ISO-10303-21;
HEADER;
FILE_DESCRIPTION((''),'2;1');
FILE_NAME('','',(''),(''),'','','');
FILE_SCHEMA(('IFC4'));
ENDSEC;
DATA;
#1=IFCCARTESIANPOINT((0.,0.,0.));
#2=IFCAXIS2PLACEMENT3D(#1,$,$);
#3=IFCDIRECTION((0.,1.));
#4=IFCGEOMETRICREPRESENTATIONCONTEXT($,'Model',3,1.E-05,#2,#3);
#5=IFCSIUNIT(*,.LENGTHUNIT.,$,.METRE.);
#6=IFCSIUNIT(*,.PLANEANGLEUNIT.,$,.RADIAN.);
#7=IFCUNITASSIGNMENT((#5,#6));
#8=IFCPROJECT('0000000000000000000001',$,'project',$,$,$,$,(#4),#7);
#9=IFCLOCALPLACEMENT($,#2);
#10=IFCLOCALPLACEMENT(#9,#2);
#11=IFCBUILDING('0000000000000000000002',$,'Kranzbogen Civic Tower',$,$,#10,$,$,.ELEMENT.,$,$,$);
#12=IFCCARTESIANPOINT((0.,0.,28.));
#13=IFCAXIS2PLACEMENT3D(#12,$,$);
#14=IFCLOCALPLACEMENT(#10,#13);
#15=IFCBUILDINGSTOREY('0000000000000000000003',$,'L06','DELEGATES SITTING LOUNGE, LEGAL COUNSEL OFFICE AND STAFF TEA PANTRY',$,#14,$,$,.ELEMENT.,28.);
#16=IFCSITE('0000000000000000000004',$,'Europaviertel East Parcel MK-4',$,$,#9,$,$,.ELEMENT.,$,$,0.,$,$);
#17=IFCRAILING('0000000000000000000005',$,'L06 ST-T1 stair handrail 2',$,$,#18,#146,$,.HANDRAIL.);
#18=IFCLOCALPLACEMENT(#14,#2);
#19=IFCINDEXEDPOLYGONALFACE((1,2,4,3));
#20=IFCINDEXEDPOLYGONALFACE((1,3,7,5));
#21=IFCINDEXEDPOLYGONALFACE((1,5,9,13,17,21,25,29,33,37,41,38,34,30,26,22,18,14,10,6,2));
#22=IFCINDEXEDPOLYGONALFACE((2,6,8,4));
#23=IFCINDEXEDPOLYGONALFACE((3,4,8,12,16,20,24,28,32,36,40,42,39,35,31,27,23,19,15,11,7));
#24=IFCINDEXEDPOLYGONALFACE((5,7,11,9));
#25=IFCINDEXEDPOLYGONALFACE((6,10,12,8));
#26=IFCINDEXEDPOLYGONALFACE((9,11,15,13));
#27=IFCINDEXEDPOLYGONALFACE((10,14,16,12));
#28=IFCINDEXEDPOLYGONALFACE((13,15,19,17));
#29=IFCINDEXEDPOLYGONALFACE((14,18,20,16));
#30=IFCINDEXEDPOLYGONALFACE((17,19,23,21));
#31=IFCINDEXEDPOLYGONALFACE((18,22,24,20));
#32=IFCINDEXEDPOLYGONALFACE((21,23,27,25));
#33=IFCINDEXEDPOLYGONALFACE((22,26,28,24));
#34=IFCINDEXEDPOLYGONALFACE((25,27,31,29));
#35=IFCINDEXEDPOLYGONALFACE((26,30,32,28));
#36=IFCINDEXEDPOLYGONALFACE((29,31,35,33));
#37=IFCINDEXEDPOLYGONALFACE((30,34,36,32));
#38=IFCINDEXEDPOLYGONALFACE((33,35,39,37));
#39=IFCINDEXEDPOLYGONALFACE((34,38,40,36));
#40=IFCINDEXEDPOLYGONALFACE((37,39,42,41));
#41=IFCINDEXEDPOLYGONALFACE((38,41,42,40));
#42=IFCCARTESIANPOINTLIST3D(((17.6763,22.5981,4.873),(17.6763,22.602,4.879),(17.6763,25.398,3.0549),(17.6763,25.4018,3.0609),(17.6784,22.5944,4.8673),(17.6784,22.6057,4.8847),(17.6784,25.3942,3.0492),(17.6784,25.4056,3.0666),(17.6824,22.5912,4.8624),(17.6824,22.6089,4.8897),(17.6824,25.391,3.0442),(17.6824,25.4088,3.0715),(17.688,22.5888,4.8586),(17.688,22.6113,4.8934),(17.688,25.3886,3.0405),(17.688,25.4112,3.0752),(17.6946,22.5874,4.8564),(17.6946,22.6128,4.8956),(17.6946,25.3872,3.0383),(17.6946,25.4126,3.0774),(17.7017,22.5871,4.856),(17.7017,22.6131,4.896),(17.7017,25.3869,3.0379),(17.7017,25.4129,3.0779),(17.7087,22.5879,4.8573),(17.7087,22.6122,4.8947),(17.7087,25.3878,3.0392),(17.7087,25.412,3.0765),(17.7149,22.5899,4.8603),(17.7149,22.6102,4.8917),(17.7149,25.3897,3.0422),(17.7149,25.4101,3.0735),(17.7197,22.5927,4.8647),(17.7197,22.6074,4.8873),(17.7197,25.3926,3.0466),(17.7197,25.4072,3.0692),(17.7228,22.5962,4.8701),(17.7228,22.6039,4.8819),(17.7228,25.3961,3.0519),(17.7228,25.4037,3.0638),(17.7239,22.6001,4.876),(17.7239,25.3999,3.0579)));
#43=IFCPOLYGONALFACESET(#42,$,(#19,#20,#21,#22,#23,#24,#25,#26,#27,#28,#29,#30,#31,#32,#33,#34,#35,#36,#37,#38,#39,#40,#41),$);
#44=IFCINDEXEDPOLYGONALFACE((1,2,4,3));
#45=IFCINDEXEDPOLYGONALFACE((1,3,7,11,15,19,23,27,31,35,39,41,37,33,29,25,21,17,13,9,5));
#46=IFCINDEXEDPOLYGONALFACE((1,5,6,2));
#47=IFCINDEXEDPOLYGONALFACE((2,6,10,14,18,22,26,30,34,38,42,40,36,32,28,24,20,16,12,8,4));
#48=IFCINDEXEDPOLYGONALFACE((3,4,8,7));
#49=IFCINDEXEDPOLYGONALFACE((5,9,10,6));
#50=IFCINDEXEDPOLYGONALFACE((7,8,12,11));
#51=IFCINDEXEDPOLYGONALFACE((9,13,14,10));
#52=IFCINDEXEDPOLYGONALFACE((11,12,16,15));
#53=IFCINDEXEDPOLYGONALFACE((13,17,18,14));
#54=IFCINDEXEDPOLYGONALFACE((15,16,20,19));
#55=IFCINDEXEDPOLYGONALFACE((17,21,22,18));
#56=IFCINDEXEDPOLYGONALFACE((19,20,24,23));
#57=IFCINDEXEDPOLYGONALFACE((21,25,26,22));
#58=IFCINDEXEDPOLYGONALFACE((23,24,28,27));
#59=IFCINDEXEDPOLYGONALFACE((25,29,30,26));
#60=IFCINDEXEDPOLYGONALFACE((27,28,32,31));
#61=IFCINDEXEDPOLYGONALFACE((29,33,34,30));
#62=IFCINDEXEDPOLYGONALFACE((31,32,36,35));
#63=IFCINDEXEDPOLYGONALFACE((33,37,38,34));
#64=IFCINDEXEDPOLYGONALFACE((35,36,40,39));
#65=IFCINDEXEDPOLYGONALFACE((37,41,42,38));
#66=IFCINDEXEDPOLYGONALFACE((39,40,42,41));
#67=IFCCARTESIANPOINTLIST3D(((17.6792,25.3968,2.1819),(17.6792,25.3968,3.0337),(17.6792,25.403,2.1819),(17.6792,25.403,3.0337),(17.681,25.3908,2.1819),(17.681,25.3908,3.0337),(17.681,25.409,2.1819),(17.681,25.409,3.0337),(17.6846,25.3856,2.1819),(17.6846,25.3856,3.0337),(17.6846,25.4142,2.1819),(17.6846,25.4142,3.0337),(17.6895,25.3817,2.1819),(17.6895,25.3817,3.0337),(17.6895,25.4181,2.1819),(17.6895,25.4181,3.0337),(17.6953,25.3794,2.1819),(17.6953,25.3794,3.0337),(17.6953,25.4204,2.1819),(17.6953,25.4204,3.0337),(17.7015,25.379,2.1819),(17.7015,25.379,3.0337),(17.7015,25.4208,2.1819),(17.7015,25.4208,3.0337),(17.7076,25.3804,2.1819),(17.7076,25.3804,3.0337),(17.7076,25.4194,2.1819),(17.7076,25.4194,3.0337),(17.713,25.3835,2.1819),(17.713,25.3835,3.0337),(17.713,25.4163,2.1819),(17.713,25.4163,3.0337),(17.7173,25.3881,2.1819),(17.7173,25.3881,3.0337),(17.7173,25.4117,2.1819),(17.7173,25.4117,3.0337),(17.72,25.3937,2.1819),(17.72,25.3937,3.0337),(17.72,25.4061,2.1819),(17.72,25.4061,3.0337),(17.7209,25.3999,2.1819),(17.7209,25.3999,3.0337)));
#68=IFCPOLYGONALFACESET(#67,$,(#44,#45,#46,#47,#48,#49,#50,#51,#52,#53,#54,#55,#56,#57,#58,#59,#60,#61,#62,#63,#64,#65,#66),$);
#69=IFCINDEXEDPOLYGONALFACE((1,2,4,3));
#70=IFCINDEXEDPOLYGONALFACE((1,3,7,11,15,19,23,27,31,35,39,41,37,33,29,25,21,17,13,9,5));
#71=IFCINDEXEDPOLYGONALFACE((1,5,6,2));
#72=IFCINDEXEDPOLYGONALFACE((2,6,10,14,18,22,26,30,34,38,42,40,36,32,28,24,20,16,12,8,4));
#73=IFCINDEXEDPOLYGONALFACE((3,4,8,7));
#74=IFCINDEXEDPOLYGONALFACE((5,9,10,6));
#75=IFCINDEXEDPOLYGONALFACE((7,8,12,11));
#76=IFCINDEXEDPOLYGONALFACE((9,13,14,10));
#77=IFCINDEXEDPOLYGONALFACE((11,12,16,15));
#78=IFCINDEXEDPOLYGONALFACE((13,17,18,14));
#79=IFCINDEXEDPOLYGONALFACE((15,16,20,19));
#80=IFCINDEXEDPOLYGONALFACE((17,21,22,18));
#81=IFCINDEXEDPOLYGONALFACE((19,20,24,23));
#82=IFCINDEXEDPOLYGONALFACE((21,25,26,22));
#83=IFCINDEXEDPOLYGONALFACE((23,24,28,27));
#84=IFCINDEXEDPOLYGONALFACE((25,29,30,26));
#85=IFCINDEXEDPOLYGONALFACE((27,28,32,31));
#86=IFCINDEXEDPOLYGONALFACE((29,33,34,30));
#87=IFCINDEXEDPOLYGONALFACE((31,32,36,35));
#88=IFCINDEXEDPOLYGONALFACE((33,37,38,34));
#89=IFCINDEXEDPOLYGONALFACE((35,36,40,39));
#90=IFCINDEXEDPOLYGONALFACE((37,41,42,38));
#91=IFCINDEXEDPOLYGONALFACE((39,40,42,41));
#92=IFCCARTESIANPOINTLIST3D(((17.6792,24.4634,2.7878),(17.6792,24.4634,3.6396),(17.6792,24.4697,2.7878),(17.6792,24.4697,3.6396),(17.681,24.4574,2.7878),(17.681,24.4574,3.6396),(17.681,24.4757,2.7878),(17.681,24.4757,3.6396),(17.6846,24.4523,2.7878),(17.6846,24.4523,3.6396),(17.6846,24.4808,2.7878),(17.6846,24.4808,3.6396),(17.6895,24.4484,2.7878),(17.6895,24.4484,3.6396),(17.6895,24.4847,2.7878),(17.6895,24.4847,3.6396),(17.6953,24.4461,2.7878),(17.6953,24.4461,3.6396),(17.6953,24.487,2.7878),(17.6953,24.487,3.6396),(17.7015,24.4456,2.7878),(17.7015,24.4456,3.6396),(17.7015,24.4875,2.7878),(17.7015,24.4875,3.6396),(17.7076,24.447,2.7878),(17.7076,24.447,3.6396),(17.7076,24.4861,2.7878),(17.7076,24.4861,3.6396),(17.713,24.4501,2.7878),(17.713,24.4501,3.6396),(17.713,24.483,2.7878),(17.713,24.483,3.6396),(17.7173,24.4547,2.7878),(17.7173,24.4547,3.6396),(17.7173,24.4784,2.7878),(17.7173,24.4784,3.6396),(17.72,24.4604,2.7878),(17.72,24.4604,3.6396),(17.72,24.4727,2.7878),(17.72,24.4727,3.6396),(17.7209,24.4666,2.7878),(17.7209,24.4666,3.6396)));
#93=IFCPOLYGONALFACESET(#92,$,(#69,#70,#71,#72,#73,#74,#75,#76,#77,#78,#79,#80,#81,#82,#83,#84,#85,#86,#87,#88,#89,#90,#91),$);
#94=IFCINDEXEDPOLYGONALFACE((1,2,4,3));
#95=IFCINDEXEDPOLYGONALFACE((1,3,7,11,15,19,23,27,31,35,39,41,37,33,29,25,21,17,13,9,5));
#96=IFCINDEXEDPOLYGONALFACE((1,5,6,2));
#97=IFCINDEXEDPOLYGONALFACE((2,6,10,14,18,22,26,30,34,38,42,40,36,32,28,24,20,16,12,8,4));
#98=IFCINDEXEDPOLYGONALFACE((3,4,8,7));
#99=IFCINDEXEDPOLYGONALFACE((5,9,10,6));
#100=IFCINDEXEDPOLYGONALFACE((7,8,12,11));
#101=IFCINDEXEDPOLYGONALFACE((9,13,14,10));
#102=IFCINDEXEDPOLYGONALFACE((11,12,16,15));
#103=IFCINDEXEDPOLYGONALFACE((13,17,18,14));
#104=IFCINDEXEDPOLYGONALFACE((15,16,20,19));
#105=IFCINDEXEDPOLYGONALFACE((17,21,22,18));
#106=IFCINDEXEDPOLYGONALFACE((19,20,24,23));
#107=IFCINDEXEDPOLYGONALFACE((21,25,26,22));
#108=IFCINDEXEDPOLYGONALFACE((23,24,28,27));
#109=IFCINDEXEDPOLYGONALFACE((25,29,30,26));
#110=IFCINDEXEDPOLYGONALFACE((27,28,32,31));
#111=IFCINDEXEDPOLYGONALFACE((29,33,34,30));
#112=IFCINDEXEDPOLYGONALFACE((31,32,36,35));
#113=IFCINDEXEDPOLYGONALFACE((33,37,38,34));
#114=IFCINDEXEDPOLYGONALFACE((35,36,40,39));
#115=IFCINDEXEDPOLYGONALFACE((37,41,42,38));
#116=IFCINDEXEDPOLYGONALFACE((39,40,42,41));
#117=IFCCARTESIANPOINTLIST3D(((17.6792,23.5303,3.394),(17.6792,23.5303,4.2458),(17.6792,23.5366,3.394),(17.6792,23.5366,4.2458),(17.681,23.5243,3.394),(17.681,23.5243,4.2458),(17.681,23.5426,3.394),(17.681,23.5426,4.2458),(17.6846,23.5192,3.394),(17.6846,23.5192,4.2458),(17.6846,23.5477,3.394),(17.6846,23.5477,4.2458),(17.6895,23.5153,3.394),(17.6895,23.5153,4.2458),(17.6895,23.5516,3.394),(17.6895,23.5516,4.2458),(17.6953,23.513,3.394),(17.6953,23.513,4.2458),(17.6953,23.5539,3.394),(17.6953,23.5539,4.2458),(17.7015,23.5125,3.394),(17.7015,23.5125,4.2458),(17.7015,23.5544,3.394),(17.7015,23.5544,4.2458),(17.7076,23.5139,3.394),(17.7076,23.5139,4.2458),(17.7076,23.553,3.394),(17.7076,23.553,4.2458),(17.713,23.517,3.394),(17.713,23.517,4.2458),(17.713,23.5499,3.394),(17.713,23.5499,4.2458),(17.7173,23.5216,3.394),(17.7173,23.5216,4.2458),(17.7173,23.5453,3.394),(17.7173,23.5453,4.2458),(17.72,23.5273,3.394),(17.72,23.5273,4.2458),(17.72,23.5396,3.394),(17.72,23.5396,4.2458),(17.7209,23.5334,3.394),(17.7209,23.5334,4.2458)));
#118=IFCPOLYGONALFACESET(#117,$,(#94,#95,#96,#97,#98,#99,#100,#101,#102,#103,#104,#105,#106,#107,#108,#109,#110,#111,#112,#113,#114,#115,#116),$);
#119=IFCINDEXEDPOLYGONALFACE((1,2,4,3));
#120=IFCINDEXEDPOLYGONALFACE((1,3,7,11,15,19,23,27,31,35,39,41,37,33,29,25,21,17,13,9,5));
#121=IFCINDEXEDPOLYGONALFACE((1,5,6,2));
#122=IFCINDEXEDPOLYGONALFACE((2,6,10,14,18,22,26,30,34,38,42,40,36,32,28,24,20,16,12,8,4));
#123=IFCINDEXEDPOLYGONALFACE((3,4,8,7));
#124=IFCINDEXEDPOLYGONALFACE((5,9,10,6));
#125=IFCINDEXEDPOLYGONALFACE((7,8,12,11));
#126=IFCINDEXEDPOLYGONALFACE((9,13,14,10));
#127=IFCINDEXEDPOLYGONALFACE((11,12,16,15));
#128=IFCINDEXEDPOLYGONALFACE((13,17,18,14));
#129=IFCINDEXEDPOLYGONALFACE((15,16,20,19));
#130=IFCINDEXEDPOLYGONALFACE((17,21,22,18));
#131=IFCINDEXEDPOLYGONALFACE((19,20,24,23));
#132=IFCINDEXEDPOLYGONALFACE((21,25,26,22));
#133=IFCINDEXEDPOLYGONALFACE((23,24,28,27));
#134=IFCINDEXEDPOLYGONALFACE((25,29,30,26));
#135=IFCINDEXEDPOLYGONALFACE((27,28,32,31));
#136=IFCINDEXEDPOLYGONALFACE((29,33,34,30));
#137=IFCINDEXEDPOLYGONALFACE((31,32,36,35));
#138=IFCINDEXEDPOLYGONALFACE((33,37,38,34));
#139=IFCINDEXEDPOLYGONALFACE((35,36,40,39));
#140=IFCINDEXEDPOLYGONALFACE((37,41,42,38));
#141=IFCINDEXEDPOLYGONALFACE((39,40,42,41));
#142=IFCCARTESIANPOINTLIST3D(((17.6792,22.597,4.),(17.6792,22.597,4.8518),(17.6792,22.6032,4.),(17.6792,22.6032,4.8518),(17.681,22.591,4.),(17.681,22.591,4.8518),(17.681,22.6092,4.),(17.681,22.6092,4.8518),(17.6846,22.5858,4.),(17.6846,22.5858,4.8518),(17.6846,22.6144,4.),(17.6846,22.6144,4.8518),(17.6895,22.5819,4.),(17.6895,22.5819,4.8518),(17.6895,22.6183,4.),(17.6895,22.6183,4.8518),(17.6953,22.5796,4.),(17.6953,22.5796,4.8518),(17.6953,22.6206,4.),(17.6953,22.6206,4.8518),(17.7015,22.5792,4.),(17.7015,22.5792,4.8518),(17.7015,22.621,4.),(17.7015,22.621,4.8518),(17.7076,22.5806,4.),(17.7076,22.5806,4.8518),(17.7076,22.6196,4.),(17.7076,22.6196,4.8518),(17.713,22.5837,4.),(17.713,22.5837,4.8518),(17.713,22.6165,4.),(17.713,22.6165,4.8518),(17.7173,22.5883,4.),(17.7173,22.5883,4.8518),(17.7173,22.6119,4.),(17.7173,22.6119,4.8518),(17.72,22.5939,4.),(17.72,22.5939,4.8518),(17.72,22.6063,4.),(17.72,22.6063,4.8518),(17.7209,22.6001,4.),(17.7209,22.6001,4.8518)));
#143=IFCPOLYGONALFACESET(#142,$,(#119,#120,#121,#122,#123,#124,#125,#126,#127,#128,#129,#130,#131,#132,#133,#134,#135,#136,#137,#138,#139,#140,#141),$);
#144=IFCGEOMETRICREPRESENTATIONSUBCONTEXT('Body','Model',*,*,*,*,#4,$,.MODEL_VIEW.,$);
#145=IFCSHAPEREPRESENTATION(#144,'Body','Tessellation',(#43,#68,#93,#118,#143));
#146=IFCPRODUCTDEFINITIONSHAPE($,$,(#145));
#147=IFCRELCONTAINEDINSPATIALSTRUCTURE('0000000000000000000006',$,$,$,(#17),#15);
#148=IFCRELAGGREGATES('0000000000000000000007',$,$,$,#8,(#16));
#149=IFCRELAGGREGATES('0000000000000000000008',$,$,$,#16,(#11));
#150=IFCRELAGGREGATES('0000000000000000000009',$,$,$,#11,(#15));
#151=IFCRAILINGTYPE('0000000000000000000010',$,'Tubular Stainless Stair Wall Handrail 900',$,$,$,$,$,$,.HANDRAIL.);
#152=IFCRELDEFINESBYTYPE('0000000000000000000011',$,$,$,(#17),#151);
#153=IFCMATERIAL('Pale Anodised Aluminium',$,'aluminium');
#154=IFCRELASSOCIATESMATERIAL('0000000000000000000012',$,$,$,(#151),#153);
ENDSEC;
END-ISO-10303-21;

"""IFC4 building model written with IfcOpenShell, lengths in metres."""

from ifc_helpers import new_model, si_unit, direction, frame, origin, origin_2d, place, context, subcontext, project, spatial, circle, extrude, material, type_object, element, save


model = new_model("IFC4")

# Units and contexts
model_context = context("Model", 3, precision=1e-05, world=origin(), true_north=direction((0.0, 1.0)))
body_context = subcontext(model_context, "Body", "Model", "MODEL_VIEW")
ifc_project = project(units=[si_unit("LENGTHUNIT", "METRE"), si_unit("PLANEANGLEUNIT", "RADIAN")], contexts=[model_context])

# Site, building, storey
site_placement = place(None, origin())
site = spatial("IfcSite", under=ifc_project, at=site_placement, Name="Europaviertel East Parcel MK-4", CompositionType="ELEMENT", RefElevation=0.0)
building_placement = place(site_placement, origin())
building = spatial("IfcBuilding", under=site, at=building_placement, Name="Kranzbogen Civic Tower", CompositionType="ELEMENT")
storey_placement = place(building_placement, frame((0.0, 0.0, 28.0)))
storey = spatial("IfcBuildingStorey", under=building, at=storey_placement, Name="L06", Description="DELEGATES SITTING LOUNGE, LEGAL COUNSEL OFFICE AND STAFF TEA PANTRY", CompositionType="ELEMENT", Elevation=28.0)

# Shared definitions
ifc_material_1 = material(Name="Pale Anodised Aluminium", Category="aluminium")

# Railing
railing_type_1 = type_object("IfcRailingType", Name="Tubular Stainless Stair Wall Handrail 900", PredefinedType="HANDRAIL", material=ifc_material_1)
railing_1_placement = place(storey_placement, frame((17.7, 25.3999, 2.1819)))
element("IfcRailing", 1, at=railing_1_placement, inside=storey, type_object=railing_type_1, Name="L06 ST-T1 stair handrail 2", PredefinedType="HANDRAIL", context=body_context, shape_type="SweptSolid", body=[
    extrude(circle(Radius=0.0239, at=origin_2d()), frame((0.0, 0.0, 0.876), z_axis=(0.0, -0.838684, 0.544618), x_axis=(1.0, 0.0, 0.0)), (0.0, 0.0, 1.0), 3.3384),
    extrude(circle(Radius=0.021, at=origin_2d()), origin(), (0.0, 0.0, 1.0), 0.8518),
    extrude(circle(Radius=0.021, at=origin_2d()), frame((0.0, -0.9333, 0.606)), (0.0, 0.0, 1.0), 0.8518),
    extrude(circle(Radius=0.021, at=origin_2d()), frame((0.0, -1.8665, 1.2122)), (0.0, 0.0, 1.0), 0.8518),
    extrude(circle(Radius=0.021, at=origin_2d()), frame((0.0, -2.7998, 1.8181)), (0.0, 0.0, 1.0), 0.8518),
])

save(model, "model.ifc")
